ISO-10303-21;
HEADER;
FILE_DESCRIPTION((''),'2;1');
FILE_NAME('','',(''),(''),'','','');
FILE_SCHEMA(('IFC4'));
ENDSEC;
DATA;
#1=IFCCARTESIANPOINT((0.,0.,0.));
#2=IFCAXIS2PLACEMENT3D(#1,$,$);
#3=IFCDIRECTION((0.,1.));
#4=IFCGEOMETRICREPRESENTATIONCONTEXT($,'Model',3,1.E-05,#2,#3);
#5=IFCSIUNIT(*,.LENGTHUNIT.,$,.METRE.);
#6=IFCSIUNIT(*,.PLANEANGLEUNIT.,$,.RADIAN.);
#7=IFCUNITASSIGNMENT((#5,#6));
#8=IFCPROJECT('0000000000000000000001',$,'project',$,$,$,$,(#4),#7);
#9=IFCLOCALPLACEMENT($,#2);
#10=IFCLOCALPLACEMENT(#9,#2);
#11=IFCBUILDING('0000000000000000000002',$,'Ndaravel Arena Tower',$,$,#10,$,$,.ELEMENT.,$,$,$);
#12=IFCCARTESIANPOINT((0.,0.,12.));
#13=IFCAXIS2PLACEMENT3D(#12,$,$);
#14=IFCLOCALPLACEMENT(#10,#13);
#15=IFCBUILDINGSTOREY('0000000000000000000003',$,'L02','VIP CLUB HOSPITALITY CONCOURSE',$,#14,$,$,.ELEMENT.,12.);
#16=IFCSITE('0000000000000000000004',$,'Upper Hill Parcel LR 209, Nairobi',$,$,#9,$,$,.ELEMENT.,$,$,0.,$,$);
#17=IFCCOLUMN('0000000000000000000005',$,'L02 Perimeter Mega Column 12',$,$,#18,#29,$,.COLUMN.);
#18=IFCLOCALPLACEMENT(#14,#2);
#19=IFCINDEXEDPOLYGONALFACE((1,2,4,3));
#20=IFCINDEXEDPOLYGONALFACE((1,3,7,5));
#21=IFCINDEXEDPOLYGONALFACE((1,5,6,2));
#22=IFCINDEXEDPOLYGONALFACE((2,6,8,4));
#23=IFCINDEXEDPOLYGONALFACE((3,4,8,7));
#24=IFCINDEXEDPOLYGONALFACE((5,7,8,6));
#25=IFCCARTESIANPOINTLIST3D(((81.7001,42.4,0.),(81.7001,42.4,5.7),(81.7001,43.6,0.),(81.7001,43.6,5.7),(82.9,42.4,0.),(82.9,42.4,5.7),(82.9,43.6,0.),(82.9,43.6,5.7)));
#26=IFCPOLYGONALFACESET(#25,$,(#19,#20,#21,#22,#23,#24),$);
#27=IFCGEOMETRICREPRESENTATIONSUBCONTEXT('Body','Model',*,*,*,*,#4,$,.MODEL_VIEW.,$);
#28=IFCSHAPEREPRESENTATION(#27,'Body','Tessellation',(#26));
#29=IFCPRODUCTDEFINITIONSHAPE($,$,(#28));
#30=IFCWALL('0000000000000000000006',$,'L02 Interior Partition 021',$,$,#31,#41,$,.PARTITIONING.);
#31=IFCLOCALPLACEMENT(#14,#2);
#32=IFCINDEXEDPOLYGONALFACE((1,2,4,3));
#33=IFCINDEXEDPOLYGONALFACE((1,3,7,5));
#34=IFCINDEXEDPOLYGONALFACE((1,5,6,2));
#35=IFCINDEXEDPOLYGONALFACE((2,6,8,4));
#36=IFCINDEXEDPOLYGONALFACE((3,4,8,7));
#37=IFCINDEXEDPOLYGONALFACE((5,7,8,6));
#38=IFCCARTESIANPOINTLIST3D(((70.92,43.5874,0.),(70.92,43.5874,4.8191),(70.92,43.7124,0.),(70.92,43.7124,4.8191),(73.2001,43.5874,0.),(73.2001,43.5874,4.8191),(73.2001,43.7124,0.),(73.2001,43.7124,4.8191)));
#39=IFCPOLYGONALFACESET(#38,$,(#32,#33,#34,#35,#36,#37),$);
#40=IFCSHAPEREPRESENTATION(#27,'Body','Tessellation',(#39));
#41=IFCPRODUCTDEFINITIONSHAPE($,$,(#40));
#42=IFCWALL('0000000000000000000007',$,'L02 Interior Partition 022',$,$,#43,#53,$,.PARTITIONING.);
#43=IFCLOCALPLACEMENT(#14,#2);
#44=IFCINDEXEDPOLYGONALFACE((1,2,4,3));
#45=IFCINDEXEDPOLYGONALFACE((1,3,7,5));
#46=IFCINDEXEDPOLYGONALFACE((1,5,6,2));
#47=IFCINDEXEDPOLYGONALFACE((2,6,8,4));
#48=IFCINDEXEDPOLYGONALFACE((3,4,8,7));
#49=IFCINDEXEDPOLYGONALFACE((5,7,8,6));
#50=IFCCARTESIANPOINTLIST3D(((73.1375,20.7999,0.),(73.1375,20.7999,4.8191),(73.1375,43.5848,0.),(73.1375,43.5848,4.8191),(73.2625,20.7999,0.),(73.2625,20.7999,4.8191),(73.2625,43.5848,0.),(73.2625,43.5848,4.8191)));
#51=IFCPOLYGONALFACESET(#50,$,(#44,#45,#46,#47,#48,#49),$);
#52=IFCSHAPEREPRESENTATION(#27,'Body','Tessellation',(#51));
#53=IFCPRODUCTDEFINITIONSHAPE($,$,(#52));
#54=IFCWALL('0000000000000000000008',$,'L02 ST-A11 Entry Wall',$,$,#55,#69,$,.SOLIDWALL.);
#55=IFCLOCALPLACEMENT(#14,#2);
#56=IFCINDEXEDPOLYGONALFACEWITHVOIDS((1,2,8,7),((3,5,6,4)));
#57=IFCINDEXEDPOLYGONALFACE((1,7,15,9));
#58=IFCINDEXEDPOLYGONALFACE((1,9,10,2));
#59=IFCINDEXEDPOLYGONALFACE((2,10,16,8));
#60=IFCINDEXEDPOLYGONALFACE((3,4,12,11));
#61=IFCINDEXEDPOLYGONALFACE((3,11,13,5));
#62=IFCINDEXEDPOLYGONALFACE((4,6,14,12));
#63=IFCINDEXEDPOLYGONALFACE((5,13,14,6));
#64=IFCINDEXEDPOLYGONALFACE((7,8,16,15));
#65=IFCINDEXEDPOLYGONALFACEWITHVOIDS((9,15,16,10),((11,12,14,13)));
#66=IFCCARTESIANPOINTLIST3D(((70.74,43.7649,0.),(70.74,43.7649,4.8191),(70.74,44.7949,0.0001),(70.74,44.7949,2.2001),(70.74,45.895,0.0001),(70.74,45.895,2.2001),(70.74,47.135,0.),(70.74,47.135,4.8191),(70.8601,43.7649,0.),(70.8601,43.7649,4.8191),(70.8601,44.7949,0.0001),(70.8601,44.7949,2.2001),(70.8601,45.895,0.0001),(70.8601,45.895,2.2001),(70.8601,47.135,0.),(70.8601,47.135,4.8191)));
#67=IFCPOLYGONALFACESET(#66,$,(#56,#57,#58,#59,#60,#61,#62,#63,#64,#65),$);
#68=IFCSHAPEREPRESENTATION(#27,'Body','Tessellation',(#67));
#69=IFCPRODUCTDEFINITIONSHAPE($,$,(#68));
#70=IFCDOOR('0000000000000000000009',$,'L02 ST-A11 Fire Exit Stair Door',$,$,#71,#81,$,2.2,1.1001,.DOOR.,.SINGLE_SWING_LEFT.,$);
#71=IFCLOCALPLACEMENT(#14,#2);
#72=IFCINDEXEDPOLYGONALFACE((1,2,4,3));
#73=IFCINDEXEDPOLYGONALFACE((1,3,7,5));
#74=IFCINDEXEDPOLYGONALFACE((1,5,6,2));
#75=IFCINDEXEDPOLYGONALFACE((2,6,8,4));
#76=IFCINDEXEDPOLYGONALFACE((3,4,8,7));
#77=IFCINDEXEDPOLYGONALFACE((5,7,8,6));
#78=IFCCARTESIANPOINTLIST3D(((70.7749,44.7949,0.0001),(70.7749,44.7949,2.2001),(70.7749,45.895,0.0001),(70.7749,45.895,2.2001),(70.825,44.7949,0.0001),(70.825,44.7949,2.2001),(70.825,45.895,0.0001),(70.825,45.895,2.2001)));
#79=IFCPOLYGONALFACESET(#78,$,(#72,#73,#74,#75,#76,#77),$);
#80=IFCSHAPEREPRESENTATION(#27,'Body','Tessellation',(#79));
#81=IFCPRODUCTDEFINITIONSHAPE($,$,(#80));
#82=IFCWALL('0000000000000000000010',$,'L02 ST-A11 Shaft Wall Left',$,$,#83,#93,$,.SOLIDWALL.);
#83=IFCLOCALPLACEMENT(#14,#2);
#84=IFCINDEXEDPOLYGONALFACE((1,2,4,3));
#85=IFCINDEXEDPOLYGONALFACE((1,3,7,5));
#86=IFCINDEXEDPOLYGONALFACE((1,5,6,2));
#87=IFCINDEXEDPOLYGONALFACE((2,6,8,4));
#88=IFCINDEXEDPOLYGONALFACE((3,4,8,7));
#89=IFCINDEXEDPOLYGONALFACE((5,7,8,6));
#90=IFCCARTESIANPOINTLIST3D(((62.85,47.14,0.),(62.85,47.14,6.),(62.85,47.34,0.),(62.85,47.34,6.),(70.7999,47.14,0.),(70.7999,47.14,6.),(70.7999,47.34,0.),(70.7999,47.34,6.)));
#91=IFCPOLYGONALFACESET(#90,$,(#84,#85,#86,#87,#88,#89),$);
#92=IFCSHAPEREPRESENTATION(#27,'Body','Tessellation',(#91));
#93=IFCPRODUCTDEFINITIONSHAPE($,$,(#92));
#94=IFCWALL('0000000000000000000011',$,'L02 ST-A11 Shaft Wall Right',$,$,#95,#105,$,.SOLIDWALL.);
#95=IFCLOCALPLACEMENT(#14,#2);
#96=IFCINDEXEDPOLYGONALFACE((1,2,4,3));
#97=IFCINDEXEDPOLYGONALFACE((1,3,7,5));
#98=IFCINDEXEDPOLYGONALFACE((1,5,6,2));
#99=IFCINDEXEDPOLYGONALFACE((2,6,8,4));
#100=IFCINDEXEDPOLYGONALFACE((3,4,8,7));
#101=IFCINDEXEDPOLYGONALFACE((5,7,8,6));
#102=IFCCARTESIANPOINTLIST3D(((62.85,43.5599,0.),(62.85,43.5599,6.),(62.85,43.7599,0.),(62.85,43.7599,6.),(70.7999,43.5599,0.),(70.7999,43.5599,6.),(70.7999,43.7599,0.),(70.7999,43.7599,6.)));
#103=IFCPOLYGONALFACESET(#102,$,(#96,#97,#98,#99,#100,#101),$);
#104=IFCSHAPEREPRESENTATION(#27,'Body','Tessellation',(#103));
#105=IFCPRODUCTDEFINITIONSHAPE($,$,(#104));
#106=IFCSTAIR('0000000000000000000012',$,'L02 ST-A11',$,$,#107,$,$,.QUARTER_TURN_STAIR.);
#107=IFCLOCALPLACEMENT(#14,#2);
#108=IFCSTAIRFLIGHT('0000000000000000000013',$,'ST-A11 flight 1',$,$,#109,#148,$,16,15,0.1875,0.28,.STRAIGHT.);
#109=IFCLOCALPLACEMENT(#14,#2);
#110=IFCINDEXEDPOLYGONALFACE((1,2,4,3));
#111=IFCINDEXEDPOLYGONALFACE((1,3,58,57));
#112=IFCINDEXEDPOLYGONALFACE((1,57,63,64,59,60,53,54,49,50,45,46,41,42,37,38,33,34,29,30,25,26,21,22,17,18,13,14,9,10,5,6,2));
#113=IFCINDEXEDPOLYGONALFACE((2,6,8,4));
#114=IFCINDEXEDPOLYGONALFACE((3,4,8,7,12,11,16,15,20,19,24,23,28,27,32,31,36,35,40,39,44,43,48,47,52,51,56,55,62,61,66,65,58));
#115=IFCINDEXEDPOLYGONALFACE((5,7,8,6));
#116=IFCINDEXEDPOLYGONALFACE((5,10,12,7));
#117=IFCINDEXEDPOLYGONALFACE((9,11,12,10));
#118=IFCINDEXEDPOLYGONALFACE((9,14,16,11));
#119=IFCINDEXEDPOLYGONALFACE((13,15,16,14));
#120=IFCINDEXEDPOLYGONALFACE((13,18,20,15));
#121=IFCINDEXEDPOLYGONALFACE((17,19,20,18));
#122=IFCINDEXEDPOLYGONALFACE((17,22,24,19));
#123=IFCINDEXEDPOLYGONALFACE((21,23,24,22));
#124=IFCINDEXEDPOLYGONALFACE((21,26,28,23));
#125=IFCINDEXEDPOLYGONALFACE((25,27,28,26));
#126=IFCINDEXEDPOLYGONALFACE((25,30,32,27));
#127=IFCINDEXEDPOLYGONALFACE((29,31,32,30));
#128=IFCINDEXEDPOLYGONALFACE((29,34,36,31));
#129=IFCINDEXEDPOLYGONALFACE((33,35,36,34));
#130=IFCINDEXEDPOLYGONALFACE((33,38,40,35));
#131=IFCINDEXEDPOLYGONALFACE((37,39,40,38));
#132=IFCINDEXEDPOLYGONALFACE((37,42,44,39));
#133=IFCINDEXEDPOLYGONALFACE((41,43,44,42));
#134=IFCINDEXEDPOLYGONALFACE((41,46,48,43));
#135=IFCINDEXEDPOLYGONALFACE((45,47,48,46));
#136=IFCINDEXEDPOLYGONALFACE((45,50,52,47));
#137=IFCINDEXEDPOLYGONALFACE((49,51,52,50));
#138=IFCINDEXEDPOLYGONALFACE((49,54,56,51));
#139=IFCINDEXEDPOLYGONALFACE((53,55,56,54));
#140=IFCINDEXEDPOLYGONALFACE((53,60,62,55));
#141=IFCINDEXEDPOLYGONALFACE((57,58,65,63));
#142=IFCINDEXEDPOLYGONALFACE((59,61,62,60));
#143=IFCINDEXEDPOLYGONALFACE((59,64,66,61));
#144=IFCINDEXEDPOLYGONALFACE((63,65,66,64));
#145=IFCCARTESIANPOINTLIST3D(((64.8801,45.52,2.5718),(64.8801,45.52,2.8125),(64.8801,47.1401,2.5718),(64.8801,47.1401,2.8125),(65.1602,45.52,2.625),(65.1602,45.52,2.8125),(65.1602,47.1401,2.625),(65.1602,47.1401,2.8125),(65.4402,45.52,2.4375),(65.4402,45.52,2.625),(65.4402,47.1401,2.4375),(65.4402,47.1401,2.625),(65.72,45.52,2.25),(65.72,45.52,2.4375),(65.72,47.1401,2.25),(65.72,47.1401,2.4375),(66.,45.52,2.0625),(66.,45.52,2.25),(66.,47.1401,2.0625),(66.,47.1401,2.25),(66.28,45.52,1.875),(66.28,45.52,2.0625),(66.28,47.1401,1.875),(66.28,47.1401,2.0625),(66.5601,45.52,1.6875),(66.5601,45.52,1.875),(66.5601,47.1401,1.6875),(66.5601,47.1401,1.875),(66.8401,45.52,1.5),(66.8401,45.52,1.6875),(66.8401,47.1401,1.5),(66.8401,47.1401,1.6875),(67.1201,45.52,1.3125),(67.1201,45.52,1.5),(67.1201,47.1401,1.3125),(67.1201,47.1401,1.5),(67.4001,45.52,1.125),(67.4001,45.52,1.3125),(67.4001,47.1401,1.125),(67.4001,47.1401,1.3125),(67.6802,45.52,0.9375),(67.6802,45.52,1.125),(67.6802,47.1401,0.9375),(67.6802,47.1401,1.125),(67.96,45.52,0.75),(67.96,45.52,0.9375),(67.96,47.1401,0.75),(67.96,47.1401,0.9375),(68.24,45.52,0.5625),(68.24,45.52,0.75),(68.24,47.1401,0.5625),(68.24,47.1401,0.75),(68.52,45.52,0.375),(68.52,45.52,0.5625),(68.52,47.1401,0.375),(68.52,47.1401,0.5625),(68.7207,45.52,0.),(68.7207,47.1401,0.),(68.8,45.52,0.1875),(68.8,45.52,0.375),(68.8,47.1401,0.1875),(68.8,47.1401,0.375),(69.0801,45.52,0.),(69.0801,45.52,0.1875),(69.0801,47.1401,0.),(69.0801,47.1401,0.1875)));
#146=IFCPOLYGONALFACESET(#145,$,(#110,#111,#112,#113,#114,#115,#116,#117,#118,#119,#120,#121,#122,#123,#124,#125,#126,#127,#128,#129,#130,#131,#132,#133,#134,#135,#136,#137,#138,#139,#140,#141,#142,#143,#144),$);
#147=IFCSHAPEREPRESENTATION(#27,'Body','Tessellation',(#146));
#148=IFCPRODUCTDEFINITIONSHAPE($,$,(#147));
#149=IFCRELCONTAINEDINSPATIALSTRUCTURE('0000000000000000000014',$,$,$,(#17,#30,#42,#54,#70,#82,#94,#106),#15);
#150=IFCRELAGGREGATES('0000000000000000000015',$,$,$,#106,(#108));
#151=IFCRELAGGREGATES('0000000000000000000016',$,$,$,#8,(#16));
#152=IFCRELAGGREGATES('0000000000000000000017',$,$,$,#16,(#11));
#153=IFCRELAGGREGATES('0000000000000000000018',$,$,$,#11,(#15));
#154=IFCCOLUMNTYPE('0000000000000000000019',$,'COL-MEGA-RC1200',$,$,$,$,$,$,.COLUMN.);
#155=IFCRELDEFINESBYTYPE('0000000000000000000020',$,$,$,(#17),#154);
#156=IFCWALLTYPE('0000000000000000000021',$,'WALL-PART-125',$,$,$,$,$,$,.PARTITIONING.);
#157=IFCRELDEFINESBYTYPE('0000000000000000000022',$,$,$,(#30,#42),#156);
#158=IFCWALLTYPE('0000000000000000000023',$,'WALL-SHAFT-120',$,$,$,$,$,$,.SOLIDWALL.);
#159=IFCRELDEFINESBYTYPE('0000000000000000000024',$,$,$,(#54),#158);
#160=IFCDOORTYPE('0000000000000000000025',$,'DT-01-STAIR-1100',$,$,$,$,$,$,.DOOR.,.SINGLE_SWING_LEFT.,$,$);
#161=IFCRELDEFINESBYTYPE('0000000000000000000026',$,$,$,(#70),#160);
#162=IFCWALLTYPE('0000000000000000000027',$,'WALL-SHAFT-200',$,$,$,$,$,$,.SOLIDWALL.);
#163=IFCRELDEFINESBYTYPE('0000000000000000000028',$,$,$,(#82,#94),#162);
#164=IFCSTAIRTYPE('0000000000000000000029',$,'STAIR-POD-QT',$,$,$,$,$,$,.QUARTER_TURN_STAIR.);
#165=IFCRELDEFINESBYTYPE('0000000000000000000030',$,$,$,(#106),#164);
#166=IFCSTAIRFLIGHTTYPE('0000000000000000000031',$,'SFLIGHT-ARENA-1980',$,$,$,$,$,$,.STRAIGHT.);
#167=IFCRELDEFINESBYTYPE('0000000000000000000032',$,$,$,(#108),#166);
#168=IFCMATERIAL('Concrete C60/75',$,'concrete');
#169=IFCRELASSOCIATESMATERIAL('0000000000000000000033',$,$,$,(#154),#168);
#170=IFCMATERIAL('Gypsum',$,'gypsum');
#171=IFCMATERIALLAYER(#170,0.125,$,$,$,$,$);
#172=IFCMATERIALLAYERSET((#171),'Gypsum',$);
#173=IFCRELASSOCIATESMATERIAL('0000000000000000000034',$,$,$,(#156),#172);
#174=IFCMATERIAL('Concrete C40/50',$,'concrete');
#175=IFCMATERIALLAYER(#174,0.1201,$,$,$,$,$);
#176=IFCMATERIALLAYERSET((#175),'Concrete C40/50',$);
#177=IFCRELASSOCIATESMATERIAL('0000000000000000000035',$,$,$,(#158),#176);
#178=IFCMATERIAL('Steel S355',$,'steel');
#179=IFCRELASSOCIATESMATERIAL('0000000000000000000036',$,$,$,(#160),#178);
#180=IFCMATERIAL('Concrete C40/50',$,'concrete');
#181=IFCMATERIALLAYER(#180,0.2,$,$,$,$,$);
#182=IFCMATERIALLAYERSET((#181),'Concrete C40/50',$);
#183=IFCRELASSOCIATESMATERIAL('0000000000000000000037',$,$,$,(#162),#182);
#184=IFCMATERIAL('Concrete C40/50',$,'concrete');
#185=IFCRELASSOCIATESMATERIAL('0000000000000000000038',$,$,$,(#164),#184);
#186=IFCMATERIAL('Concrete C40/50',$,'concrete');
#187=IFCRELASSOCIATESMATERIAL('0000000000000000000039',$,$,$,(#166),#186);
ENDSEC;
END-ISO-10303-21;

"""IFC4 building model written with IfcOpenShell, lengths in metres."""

from ifc_helpers import new_model, si_unit, direction, frame, frame_2d, origin, origin_2d, place, context, subcontext, project, spatial, polyline, rectangle, outline, extrude, material, layer, layer_set, material_profile, profile_set, type_object, element, fill, aggregate, save


model = new_model("IFC4")

# Units and contexts
model_context = context("Model", 3, precision=1e-05, world=origin(), true_north=direction((0.0, 1.0)))
body_context = subcontext(model_context, "Body", "Model", "MODEL_VIEW")
ifc_project = project(units=[si_unit("LENGTHUNIT", "METRE"), si_unit("PLANEANGLEUNIT", "RADIAN")], contexts=[model_context])

# Site, building, storey
site_placement = place(None, origin())
site = spatial("IfcSite", under=ifc_project, at=site_placement, Name="Upper Hill Parcel LR 209, Nairobi", CompositionType="ELEMENT", RefElevation=0.0)
building_placement = place(site_placement, origin())
building = spatial("IfcBuilding", under=site, at=building_placement, Name="Ndaravel Arena Tower", CompositionType="ELEMENT")
storey_placement = place(building_placement, frame((0.0, 0.0, 12.0)))
storey = spatial("IfcBuildingStorey", under=building, at=storey_placement, Name="L02", Description="VIP CLUB HOSPITALITY CONCOURSE", CompositionType="ELEMENT", Elevation=12.0)

# Column
ifc_material_1 = material(Name="Concrete C60/75", Category="concrete")
ifc_material_profile = material_profile(ifc_material_1, rectangle(XDim=1.2, YDim=1.2, at=origin_2d()), Name="RC 1200x1200")
ifc_profile_set = profile_set([ifc_material_profile], Name="Concrete C60/75")
column_type = type_object("IfcColumnType", Name="COL-MEGA-RC1200", PredefinedType="COLUMN", material=ifc_profile_set)
column_placement = place(storey_placement, frame((82.3, 43.0, 0.0), z_axis=(0.0, 0.0, 1.0), x_axis=(1.0, 0.0, 0.0)))
element("IfcColumn", 1, at=column_placement, inside=storey, type_object=column_type, Name="L02 Perimeter Mega Column 12", PredefinedType="COLUMN", context=body_context, shape_type="SweptSolid", body=[
    extrude(rectangle(XDim=1.2, YDim=1.2, at=origin_2d()), origin(), (0.0, 0.0, 1.0), 5.7),
])

# Walls
ifc_material_2 = material(Name="Gypsum", Category="gypsum")
ifc_layer_1 = layer(ifc_material_2, 0.125)
ifc_layer_set_1 = layer_set([ifc_layer_1], Name="Gypsum")
wall_type_1 = type_object("IfcWallType", Name="WALL-PART-125", PredefinedType="PARTITIONING", material=ifc_layer_set_1)
wall_1_placement = place(storey_placement, frame((70.9199, 43.6499, 0.0), z_axis=(0.0, 0.0, 1.0), x_axis=(1.0, 0.0, 0.0)))
element("IfcWall", 2, at=wall_1_placement, inside=storey, type_object=wall_type_1, Name="L02 Interior Partition 021", PredefinedType="PARTITIONING", context=body_context, shape_type="SweptSolid", body=[
    extrude(rectangle(XDim=2.28, YDim=0.125, at=frame_2d((1.1401, 0.0))), origin(), (0.0, 0.0, 1.0), 4.8191),
])
wall_2_placement = place(storey_placement, frame((73.2, 43.585, 0.0), z_axis=(0.0, 0.0, 1.0), x_axis=(0.0, -1.0, 0.0)))
element("IfcWall", 3, at=wall_2_placement, inside=storey, type_object=wall_type_1, Name="L02 Interior Partition 022", PredefinedType="PARTITIONING", context=body_context, shape_type="SweptSolid", body=[
    extrude(rectangle(XDim=22.7849, YDim=0.125, at=frame_2d((11.3926, 0.0))), origin(), (0.0, 0.0, 1.0), 4.8191),
])

# Wall, opening, door
ifc_material_3 = material(Name="Concrete C40/50", Category="concrete")
ifc_layer_2 = layer(ifc_material_3, 0.1201)
ifc_layer_set_2 = layer_set([ifc_layer_2], Name="Concrete C40/50")
wall_type_2 = type_object("IfcWallType", Name="WALL-SHAFT-120", PredefinedType="SOLIDWALL", material=ifc_layer_set_2)
wall_3_placement = place(storey_placement, frame((70.8, 47.135, 0.0), z_axis=(0.0, 0.0, 1.0), x_axis=(0.0, -1.0, 0.0)))
wall_3 = element("IfcWall", 4, at=wall_3_placement, inside=storey, type_object=wall_type_2, Name="L02 ST-A11 Entry Wall", PredefinedType="SOLIDWALL", context=body_context, shape_type="SweptSolid", body=[
    extrude(rectangle(XDim=3.3701, YDim=0.1201, at=frame_2d((1.6851, 0.0))), origin(), (0.0, 0.0, 1.0), 4.8191),
])
opening_1_placement = place(wall_3_placement, frame((1.24, 0.0, 0.0)))
opening_1 = element("IfcOpeningElement", 5, at=opening_1_placement, cuts=wall_3, PredefinedType="OPENING", context=body_context, shape_type="SweptSolid", body=[
    extrude(rectangle(XDim=1.1001, YDim=2.2, at=frame_2d((0.55, 1.1001))), frame((0.0, 0.0601, 0.0), z_axis=(0.0, -1.0, 0.0), x_axis=(1.0, 0.0, 0.0)), (0.0, 0.0, 1.0), 0.1201),
])
ifc_material_4 = material(Name="Steel S355", Category="steel")
door_type = type_object("IfcDoorType", Name="DT-01-STAIR-1100", OperationType="SINGLE_SWING_LEFT", PredefinedType="DOOR", material=ifc_material_4)
door_placement = place(opening_1_placement, origin())
door = element("IfcDoor", 6, at=door_placement, inside=storey, type_object=door_type, Name="L02 ST-A11 Fire Exit Stair Door", OperationType="SINGLE_SWING_LEFT", OverallHeight=2.2, OverallWidth=1.1001, PredefinedType="DOOR", context=body_context, shape_type="SweptSolid", body=[
    extrude(rectangle(XDim=1.1001, YDim=2.2, at=frame_2d((0.55, 1.1001))), frame((0.0, 0.0249, 0.0), z_axis=(0.0, -1.0, 0.0), x_axis=(1.0, 0.0, 0.0)), (0.0, 0.0, 1.0), 0.05),
])
fill(opening_1, door)

# Walls
ifc_material_5 = material(Name="Concrete C40/50", Category="concrete")
ifc_layer_3 = layer(ifc_material_5, 0.2)
ifc_layer_set_3 = layer_set([ifc_layer_3], Name="Concrete C40/50")
wall_type_3 = type_object("IfcWallType", Name="WALL-SHAFT-200", PredefinedType="SOLIDWALL", material=ifc_layer_set_3)
for number, where, z_axis, x_axis, name in (
    (7, (70.8, 47.24, 0.0), (0.0, 0.0, 1.0), (-1.0, 0.0, 0.0), "L02 ST-A11 Shaft Wall Left"),
    (8, (70.8, 43.6599, 0.0), (0.0, 0.0, 1.0), (-1.0, 0.0, 0.0), "L02 ST-A11 Shaft Wall Right"),
):
    element("IfcWall", number, at=place(storey_placement, frame(where, z_axis=z_axis, x_axis=x_axis)), inside=storey, type_object=wall_type_3, Name=name, PredefinedType="SOLIDWALL", context=body_context, shape_type="SweptSolid", body=[
        extrude(rectangle(XDim=7.95, YDim=0.2, at=frame_2d((3.9751, 0.0))), origin(), (0.0, 0.0, 1.0), 6.0),
    ])

# Stair, stair flight
ifc_material_6 = material(Name="Concrete C40/50", Category="concrete")
stair_type = type_object("IfcStairType", Name="STAIR-POD-QT", PredefinedType="QUARTER_TURN_STAIR", material=ifc_material_6)
stair_placement = place(storey_placement, origin())
stair = element("IfcStair", 9, at=stair_placement, inside=storey, type_object=stair_type, Name="L02 ST-A11", PredefinedType="QUARTER_TURN_STAIR")
ifc_material_7 = material(Name="Concrete C40/50", Category="concrete")
stair_flight_type = type_object("IfcStairFlightType", Name="SFLIGHT-ARENA-1980", PredefinedType="STRAIGHT", material=ifc_material_7)
stair_flight_placement = place(storey_placement, frame((69.0801, 46.3301, 0.0), z_axis=(0.0, 0.0, 1.0), x_axis=(-1.0, 0.0, 0.0)))
stair_flight = element("IfcStairFlight", 10, at=stair_flight_placement, type_object=stair_flight_type, Name="ST-A11 flight 1", NumberOfRisers=16, NumberOfTreads=15, PredefinedType="STRAIGHT", RiserHeight=0.1875, TreadLength=0.28, context=body_context, shape_type="SweptSolid", body=[
    extrude(outline(polyline([(0.0, 0.0), (0.0, 0.1875), (0.28, 0.1875), (0.28, 0.375), (0.5601, 0.375), (0.5601, 0.5625), (0.8401, 0.5625), (0.8401, 0.75), (1.1201, 0.75), (1.1201, 0.9375), (1.3999, 0.9375), (1.3999, 1.125), (1.6799, 1.125), (1.6799, 1.3125), (1.96, 1.3125), (1.96, 1.5), (2.24, 1.5), (2.24, 1.6875), (2.52, 1.6875), (2.52, 1.875), (2.8, 1.875), (2.8, 2.0625), (3.0801, 2.0625), (3.0801, 2.25), (3.3601, 2.25), (3.3601, 2.4375), (3.6399, 2.4375), (3.6399, 2.625), (3.9199, 2.625), (3.9199, 2.8125), (4.2, 2.8125), (4.2, 3.0), (4.2, 2.5718), (0.3594, 0.0), (0.0, 0.0)])), frame((0.0, 0.8101, 0.0), z_axis=(0.0, -1.0, 0.0), x_axis=(1.0, 0.0, 0.0)), (0.0, 0.0, 1.0), 1.6201),
])
aggregate(stair, [stair_flight])

save(model, "model.ifc")
